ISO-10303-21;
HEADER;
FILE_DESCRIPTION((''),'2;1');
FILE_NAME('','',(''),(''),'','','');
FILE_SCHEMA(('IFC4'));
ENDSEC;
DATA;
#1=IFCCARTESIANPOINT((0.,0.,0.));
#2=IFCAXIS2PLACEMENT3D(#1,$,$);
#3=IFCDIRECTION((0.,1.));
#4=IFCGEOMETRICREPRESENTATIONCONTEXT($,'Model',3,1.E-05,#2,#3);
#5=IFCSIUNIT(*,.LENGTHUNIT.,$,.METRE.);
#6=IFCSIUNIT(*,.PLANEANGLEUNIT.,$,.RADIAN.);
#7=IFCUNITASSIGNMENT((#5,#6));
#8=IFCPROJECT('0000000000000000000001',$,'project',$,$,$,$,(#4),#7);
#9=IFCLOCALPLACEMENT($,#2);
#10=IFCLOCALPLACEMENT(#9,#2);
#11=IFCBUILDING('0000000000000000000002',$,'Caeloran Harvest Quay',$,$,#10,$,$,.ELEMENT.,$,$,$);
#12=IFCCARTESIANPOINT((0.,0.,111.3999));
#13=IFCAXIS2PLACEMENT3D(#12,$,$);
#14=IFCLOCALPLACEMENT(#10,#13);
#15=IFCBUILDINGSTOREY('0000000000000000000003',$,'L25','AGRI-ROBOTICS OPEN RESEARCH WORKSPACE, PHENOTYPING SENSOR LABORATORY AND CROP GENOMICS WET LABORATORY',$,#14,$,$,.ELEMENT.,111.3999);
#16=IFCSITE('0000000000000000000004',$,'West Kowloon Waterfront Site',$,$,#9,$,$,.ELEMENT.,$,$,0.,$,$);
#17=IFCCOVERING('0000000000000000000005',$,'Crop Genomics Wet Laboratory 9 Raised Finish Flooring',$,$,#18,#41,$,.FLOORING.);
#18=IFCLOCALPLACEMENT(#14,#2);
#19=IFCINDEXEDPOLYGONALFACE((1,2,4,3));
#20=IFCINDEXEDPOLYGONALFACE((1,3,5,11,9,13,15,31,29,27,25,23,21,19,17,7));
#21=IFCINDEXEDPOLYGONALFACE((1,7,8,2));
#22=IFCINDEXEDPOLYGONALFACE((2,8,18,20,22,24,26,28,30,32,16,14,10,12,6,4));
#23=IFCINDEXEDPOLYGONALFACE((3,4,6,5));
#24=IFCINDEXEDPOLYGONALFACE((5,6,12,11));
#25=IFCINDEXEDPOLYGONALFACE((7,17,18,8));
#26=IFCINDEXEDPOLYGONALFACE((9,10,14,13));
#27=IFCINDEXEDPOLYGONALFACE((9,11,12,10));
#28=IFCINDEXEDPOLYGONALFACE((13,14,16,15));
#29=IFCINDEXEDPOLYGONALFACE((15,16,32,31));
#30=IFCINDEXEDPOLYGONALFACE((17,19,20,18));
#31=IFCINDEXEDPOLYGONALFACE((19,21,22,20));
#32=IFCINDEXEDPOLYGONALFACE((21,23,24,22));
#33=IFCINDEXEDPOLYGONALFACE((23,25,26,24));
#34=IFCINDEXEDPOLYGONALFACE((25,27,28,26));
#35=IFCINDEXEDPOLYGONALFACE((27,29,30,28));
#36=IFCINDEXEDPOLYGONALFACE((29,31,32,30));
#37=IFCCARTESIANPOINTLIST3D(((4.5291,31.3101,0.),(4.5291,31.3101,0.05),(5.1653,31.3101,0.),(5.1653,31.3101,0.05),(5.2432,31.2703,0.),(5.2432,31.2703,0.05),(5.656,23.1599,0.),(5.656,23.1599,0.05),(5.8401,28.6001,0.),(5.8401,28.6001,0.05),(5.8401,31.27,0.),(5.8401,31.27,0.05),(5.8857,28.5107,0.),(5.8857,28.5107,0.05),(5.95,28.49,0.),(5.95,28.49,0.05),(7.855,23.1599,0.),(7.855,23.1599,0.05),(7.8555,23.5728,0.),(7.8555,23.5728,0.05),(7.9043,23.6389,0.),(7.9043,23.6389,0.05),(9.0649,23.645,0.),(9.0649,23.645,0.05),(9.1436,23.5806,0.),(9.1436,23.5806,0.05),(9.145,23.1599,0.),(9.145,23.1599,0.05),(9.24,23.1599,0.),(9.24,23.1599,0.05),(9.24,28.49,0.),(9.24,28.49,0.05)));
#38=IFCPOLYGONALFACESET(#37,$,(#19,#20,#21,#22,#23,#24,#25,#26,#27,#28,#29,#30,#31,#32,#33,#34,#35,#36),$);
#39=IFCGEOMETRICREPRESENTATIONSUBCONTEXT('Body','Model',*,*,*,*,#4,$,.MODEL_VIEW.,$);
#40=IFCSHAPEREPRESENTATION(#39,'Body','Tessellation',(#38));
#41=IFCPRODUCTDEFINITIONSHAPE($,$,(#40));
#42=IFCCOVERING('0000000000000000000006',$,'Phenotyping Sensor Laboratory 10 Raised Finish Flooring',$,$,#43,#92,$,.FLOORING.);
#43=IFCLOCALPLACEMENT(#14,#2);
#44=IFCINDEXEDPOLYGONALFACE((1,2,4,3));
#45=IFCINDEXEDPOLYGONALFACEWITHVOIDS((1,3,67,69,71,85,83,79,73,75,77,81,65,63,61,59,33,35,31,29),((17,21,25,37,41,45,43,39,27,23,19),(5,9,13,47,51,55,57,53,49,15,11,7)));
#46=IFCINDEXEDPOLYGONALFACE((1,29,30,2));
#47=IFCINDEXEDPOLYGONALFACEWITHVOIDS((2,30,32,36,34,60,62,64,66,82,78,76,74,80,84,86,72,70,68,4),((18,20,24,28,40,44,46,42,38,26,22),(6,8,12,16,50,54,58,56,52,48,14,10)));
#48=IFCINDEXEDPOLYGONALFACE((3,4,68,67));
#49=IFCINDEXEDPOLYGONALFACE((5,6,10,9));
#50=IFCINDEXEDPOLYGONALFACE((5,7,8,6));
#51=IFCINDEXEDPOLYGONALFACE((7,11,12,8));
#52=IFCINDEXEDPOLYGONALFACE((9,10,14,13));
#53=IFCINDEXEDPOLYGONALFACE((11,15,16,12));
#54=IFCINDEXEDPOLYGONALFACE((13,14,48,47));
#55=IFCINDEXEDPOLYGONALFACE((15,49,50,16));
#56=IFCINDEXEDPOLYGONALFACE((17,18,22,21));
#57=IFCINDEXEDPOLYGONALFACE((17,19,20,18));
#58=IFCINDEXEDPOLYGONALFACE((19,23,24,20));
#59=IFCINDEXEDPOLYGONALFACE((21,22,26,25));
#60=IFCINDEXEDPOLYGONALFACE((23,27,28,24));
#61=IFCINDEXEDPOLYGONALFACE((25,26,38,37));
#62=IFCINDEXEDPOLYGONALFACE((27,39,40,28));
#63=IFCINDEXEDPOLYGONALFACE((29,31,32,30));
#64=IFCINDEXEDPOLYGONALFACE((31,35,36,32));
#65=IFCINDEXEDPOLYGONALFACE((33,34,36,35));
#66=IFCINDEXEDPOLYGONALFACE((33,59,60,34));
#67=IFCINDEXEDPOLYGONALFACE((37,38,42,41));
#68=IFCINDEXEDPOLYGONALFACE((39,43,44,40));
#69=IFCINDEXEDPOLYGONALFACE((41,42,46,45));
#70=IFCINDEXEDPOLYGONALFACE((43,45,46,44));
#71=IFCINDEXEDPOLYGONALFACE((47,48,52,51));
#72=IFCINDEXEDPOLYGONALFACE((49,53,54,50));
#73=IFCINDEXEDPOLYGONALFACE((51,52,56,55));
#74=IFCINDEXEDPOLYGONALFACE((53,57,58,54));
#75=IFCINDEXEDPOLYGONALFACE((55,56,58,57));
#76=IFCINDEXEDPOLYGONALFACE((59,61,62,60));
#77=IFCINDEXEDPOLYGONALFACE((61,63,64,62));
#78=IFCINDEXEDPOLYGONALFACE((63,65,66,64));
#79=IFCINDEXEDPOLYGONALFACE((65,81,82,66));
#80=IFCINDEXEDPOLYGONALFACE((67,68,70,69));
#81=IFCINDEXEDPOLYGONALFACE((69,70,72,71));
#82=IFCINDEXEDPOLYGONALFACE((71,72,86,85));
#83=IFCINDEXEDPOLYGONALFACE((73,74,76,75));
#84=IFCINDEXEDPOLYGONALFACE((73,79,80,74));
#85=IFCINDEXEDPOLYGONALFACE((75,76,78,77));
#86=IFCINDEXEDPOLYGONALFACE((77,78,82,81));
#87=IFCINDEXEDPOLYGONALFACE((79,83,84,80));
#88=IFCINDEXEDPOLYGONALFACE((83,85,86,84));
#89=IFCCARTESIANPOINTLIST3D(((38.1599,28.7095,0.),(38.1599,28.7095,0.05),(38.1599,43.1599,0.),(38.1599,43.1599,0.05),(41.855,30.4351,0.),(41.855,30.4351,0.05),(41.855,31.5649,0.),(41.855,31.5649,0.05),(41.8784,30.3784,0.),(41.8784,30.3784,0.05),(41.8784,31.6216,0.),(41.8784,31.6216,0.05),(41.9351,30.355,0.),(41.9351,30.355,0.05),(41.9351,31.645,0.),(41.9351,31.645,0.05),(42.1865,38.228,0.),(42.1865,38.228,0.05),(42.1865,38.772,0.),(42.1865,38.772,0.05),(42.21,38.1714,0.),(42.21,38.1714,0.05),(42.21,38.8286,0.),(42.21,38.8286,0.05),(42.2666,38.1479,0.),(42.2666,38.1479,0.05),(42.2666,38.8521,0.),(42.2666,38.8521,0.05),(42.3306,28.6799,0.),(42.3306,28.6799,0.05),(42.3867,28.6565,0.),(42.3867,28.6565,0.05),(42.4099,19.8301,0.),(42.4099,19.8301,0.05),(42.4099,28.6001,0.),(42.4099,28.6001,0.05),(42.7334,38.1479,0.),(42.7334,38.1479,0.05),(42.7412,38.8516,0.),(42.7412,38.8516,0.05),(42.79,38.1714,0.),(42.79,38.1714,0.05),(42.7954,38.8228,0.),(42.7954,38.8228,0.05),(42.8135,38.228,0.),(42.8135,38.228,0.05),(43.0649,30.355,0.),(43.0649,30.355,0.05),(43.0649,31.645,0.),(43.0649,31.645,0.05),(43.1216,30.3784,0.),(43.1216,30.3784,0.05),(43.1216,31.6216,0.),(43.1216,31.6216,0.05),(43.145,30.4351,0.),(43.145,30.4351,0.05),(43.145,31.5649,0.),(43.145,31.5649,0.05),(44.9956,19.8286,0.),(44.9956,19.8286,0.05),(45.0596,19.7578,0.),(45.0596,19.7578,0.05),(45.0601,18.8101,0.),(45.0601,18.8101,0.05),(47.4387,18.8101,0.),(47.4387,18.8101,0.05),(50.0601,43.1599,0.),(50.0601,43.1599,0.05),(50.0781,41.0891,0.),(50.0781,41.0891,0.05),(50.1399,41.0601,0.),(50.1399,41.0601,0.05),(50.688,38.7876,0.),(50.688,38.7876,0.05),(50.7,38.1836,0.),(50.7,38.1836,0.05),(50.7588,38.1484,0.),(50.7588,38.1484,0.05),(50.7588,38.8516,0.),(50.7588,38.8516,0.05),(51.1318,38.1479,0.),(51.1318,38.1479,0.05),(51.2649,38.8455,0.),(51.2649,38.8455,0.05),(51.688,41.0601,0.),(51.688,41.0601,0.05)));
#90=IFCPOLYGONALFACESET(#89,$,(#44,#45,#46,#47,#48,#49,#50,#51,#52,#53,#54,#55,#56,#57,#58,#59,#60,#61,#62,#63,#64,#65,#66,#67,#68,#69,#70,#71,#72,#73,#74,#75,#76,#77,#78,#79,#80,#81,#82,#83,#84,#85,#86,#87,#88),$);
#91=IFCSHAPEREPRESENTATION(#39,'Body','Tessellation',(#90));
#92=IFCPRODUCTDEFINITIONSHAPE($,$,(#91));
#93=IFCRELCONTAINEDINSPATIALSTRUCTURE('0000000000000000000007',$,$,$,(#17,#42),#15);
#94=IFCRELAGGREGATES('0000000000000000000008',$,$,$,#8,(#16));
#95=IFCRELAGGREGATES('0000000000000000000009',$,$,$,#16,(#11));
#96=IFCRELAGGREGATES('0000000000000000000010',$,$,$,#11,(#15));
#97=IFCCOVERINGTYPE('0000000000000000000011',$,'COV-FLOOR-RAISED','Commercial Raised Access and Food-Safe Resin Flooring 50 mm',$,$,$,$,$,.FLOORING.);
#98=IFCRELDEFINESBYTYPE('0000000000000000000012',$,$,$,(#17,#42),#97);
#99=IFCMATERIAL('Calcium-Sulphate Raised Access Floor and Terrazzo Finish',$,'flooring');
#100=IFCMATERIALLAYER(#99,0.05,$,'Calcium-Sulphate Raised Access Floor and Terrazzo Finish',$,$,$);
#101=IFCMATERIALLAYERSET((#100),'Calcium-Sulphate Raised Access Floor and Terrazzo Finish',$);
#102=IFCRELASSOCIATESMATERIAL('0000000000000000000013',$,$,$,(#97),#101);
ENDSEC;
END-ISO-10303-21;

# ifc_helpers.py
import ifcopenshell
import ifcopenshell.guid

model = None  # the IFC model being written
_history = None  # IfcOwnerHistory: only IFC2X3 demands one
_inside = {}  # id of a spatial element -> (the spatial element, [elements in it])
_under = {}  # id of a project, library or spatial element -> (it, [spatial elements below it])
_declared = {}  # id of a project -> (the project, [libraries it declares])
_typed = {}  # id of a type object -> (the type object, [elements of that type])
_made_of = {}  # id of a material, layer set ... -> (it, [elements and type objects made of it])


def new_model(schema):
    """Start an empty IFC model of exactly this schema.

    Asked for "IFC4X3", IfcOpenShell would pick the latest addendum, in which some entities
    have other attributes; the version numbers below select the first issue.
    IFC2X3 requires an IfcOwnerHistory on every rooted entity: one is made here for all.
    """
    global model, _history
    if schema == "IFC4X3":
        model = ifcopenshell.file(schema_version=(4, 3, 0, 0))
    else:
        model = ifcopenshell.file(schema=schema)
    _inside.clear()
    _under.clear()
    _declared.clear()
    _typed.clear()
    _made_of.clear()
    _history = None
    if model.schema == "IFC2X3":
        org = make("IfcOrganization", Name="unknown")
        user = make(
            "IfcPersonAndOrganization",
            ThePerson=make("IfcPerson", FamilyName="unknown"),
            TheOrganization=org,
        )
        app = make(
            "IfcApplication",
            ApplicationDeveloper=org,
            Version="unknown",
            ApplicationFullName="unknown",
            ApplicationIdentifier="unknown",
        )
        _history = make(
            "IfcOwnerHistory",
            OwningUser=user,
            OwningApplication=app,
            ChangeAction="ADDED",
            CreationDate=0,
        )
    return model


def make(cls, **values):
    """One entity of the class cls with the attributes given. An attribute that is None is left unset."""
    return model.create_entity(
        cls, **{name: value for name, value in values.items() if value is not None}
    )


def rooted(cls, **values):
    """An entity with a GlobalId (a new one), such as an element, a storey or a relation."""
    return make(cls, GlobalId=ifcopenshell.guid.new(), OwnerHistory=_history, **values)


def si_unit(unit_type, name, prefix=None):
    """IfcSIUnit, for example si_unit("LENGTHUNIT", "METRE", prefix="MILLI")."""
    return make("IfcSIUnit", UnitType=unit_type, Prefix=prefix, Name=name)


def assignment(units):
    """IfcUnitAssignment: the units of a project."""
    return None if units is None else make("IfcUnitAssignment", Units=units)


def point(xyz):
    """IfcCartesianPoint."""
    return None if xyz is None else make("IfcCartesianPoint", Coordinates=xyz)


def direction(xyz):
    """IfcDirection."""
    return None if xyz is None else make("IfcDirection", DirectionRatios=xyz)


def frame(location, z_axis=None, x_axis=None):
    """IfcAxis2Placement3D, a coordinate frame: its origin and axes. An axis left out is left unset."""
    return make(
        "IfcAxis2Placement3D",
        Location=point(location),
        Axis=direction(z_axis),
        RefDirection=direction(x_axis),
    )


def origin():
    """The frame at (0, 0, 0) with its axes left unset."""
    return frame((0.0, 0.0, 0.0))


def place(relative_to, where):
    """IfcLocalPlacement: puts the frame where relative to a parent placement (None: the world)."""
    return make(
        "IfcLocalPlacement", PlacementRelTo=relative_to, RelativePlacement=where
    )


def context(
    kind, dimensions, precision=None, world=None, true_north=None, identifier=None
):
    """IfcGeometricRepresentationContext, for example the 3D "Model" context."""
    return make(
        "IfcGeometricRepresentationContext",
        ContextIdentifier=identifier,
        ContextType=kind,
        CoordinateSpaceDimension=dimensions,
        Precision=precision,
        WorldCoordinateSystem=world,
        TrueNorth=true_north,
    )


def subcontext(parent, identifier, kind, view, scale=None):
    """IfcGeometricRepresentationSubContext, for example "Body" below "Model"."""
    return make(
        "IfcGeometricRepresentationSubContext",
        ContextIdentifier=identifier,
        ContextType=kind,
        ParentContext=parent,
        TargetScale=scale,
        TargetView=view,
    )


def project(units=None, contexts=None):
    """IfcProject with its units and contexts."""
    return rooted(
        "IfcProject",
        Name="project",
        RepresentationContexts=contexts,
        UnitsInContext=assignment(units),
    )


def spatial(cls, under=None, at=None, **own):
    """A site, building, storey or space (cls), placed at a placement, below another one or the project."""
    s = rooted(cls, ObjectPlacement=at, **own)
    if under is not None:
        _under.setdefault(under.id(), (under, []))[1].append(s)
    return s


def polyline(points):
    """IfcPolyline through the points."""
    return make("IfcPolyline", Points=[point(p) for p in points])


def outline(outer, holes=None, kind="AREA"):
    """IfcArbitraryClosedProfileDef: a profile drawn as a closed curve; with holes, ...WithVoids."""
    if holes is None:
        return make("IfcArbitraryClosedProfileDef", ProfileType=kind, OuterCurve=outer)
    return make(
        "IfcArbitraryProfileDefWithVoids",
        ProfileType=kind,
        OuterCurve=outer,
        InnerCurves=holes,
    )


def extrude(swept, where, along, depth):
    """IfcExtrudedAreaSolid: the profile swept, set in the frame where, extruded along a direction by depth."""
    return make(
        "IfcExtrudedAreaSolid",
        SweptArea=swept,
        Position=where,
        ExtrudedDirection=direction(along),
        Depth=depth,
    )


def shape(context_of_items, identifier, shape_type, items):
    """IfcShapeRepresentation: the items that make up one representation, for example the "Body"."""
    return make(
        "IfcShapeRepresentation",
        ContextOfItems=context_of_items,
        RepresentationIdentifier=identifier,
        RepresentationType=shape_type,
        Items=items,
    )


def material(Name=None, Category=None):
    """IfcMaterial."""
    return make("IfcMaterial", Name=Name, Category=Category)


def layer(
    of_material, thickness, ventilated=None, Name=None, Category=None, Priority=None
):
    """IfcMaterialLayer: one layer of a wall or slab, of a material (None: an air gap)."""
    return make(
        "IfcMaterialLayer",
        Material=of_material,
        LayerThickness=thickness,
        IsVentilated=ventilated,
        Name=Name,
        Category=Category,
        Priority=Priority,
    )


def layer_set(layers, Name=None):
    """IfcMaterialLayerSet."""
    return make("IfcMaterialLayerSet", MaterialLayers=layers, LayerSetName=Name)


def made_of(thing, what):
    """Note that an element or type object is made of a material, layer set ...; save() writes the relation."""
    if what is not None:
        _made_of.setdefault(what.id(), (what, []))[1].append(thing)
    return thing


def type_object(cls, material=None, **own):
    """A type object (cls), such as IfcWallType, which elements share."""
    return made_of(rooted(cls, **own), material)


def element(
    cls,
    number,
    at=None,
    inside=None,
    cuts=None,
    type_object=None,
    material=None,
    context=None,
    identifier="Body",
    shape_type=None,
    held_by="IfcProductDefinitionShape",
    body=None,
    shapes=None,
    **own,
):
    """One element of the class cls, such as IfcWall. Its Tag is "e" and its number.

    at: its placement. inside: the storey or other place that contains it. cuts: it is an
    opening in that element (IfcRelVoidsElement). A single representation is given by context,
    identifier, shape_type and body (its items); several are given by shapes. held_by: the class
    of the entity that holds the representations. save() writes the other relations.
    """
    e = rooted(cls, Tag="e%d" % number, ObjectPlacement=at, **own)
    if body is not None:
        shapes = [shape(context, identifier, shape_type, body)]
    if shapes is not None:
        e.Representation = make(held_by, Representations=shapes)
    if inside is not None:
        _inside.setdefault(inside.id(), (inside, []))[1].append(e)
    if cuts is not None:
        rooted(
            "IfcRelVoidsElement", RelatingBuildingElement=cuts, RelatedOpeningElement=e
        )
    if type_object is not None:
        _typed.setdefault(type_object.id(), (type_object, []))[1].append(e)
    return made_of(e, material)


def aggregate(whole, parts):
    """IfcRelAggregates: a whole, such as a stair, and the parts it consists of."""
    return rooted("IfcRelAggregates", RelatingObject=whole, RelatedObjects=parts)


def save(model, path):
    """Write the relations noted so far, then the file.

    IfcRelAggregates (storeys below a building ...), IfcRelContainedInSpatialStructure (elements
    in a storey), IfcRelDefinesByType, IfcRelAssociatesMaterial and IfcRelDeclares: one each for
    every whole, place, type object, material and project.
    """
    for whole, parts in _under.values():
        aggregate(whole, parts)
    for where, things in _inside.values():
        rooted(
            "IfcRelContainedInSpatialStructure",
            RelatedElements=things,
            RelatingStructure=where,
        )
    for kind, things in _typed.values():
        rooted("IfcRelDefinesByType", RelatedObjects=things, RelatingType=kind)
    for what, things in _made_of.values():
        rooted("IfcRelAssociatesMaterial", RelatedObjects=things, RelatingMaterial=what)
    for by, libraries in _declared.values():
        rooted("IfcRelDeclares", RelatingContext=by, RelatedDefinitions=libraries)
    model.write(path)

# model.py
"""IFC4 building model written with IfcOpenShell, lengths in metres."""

from ifc_helpers import new_model, si_unit, direction, frame, origin, place, context, subcontext, project, spatial, polyline, outline, extrude, material, layer, layer_set, type_object, element, save


model = new_model("IFC4")

# Units and contexts
model_context = context("Model", 3, precision=1e-05, world=origin(), true_north=direction((0.0, 1.0)))
body_context = subcontext(model_context, "Body", "Model", "MODEL_VIEW")
ifc_project = project(units=[si_unit("LENGTHUNIT", "METRE"), si_unit("PLANEANGLEUNIT", "RADIAN")], contexts=[model_context])

# Site, building, storey
site_placement = place(None, origin())
site = spatial("IfcSite", under=ifc_project, at=site_placement, Name="West Kowloon Waterfront Site", CompositionType="ELEMENT", RefElevation=0.0)
building_placement = place(site_placement, origin())
building = spatial("IfcBuilding", under=site, at=building_placement, Name="Caeloran Harvest Quay", CompositionType="ELEMENT")
storey_placement = place(building_placement, frame((0.0, 0.0, 111.3999)))
storey = spatial("IfcBuildingStorey", under=building, at=storey_placement, Name="L25", Description="AGRI-ROBOTICS OPEN RESEARCH WORKSPACE, PHENOTYPING SENSOR LABORATORY AND CROP GENOMICS WET LABORATORY", CompositionType="ELEMENT", Elevation=111.3999)

# Coverings
ifc_material_1 = material(Name="Calcium-Sulphate Raised Access Floor and Terrazzo Finish", Category="flooring")
ifc_layer_1 = layer(ifc_material_1, 0.05, Name="Calcium-Sulphate Raised Access Floor and Terrazzo Finish")
ifc_layer_set_1 = layer_set([ifc_layer_1], Name="Calcium-Sulphate Raised Access Floor and Terrazzo Finish")
covering_type_1 = type_object("IfcCoveringType", Name="COV-FLOOR-RAISED", Description="Commercial Raised Access and Food-Safe Resin Flooring 50 mm", PredefinedType="FLOORING", material=ifc_layer_set_1)
covering_1_placement = place(storey_placement, origin())
element("IfcCovering", 1, at=covering_1_placement, inside=storey, type_object=covering_type_1, Name="Crop Genomics Wet Laboratory 9 Raised Finish Flooring", PredefinedType="FLOORING", context=body_context, shape_type="SweptSolid", body=[
    extrude(outline(polyline([(5.1653, 31.3101), (5.2432, 31.2703), (5.8401, 31.27), (5.8401, 28.6001), (5.8857, 28.5107), (5.95, 28.49), (9.24, 28.49), (9.24, 23.1599), (9.145, 23.1599), (9.1436, 23.5806), (9.0649, 23.645), (7.9043, 23.6389), (7.8555, 23.5728), (7.855, 23.1599), (5.656, 23.1599), (4.5291, 31.3101), (5.1653, 31.3101)])), origin(), (0.0, 0.0, 1.0), 0.05),
])
covering_2_placement = place(storey_placement, origin())
element("IfcCovering", 2, at=covering_2_placement, inside=storey, type_object=covering_type_1, Name="Phenotyping Sensor Laboratory 10 Raised Finish Flooring", PredefinedType="FLOORING", context=body_context, shape_type="SweptSolid", body=[
    extrude(outline(polyline([(38.1599, 43.1599), (50.0601, 43.1599), (50.0781, 41.0891), (50.1399, 41.0601), (51.688, 41.0601), (51.2649, 38.8455), (50.7588, 38.8516), (50.688, 38.7876), (50.7, 38.1836), (50.7588, 38.1484), (51.1318, 38.1479), (47.4387, 18.8101), (45.0601, 18.8101), (45.0596, 19.7578), (44.9956, 19.8286), (42.4099, 19.8301), (42.4099, 28.6001), (42.3867, 28.6565), (42.3306, 28.6799), (38.1599, 28.7095), (38.1599, 43.1599)]), holes=[polyline([(41.9351, 31.645), (41.8784, 31.6216), (41.855, 31.5649), (41.855, 30.4351), (41.8784, 30.3784), (41.9351, 30.355), (43.0649, 30.355), (43.1216, 30.3784), (43.145, 30.4351), (43.145, 31.5649), (43.1216, 31.6216), (43.0649, 31.645), (41.9351, 31.645)]), polyline([(42.8135, 38.228), (42.7954, 38.8228), (42.7412, 38.8516), (42.2666, 38.8521), (42.21, 38.8286), (42.1865, 38.772), (42.1865, 38.228), (42.21, 38.1714), (42.2666, 38.1479), (42.7334, 38.1479), (42.79, 38.1714), (42.8135, 38.228)])]), origin(), (0.0, 0.0, 1.0), 0.05),
])

save(model, "model.ifc")
